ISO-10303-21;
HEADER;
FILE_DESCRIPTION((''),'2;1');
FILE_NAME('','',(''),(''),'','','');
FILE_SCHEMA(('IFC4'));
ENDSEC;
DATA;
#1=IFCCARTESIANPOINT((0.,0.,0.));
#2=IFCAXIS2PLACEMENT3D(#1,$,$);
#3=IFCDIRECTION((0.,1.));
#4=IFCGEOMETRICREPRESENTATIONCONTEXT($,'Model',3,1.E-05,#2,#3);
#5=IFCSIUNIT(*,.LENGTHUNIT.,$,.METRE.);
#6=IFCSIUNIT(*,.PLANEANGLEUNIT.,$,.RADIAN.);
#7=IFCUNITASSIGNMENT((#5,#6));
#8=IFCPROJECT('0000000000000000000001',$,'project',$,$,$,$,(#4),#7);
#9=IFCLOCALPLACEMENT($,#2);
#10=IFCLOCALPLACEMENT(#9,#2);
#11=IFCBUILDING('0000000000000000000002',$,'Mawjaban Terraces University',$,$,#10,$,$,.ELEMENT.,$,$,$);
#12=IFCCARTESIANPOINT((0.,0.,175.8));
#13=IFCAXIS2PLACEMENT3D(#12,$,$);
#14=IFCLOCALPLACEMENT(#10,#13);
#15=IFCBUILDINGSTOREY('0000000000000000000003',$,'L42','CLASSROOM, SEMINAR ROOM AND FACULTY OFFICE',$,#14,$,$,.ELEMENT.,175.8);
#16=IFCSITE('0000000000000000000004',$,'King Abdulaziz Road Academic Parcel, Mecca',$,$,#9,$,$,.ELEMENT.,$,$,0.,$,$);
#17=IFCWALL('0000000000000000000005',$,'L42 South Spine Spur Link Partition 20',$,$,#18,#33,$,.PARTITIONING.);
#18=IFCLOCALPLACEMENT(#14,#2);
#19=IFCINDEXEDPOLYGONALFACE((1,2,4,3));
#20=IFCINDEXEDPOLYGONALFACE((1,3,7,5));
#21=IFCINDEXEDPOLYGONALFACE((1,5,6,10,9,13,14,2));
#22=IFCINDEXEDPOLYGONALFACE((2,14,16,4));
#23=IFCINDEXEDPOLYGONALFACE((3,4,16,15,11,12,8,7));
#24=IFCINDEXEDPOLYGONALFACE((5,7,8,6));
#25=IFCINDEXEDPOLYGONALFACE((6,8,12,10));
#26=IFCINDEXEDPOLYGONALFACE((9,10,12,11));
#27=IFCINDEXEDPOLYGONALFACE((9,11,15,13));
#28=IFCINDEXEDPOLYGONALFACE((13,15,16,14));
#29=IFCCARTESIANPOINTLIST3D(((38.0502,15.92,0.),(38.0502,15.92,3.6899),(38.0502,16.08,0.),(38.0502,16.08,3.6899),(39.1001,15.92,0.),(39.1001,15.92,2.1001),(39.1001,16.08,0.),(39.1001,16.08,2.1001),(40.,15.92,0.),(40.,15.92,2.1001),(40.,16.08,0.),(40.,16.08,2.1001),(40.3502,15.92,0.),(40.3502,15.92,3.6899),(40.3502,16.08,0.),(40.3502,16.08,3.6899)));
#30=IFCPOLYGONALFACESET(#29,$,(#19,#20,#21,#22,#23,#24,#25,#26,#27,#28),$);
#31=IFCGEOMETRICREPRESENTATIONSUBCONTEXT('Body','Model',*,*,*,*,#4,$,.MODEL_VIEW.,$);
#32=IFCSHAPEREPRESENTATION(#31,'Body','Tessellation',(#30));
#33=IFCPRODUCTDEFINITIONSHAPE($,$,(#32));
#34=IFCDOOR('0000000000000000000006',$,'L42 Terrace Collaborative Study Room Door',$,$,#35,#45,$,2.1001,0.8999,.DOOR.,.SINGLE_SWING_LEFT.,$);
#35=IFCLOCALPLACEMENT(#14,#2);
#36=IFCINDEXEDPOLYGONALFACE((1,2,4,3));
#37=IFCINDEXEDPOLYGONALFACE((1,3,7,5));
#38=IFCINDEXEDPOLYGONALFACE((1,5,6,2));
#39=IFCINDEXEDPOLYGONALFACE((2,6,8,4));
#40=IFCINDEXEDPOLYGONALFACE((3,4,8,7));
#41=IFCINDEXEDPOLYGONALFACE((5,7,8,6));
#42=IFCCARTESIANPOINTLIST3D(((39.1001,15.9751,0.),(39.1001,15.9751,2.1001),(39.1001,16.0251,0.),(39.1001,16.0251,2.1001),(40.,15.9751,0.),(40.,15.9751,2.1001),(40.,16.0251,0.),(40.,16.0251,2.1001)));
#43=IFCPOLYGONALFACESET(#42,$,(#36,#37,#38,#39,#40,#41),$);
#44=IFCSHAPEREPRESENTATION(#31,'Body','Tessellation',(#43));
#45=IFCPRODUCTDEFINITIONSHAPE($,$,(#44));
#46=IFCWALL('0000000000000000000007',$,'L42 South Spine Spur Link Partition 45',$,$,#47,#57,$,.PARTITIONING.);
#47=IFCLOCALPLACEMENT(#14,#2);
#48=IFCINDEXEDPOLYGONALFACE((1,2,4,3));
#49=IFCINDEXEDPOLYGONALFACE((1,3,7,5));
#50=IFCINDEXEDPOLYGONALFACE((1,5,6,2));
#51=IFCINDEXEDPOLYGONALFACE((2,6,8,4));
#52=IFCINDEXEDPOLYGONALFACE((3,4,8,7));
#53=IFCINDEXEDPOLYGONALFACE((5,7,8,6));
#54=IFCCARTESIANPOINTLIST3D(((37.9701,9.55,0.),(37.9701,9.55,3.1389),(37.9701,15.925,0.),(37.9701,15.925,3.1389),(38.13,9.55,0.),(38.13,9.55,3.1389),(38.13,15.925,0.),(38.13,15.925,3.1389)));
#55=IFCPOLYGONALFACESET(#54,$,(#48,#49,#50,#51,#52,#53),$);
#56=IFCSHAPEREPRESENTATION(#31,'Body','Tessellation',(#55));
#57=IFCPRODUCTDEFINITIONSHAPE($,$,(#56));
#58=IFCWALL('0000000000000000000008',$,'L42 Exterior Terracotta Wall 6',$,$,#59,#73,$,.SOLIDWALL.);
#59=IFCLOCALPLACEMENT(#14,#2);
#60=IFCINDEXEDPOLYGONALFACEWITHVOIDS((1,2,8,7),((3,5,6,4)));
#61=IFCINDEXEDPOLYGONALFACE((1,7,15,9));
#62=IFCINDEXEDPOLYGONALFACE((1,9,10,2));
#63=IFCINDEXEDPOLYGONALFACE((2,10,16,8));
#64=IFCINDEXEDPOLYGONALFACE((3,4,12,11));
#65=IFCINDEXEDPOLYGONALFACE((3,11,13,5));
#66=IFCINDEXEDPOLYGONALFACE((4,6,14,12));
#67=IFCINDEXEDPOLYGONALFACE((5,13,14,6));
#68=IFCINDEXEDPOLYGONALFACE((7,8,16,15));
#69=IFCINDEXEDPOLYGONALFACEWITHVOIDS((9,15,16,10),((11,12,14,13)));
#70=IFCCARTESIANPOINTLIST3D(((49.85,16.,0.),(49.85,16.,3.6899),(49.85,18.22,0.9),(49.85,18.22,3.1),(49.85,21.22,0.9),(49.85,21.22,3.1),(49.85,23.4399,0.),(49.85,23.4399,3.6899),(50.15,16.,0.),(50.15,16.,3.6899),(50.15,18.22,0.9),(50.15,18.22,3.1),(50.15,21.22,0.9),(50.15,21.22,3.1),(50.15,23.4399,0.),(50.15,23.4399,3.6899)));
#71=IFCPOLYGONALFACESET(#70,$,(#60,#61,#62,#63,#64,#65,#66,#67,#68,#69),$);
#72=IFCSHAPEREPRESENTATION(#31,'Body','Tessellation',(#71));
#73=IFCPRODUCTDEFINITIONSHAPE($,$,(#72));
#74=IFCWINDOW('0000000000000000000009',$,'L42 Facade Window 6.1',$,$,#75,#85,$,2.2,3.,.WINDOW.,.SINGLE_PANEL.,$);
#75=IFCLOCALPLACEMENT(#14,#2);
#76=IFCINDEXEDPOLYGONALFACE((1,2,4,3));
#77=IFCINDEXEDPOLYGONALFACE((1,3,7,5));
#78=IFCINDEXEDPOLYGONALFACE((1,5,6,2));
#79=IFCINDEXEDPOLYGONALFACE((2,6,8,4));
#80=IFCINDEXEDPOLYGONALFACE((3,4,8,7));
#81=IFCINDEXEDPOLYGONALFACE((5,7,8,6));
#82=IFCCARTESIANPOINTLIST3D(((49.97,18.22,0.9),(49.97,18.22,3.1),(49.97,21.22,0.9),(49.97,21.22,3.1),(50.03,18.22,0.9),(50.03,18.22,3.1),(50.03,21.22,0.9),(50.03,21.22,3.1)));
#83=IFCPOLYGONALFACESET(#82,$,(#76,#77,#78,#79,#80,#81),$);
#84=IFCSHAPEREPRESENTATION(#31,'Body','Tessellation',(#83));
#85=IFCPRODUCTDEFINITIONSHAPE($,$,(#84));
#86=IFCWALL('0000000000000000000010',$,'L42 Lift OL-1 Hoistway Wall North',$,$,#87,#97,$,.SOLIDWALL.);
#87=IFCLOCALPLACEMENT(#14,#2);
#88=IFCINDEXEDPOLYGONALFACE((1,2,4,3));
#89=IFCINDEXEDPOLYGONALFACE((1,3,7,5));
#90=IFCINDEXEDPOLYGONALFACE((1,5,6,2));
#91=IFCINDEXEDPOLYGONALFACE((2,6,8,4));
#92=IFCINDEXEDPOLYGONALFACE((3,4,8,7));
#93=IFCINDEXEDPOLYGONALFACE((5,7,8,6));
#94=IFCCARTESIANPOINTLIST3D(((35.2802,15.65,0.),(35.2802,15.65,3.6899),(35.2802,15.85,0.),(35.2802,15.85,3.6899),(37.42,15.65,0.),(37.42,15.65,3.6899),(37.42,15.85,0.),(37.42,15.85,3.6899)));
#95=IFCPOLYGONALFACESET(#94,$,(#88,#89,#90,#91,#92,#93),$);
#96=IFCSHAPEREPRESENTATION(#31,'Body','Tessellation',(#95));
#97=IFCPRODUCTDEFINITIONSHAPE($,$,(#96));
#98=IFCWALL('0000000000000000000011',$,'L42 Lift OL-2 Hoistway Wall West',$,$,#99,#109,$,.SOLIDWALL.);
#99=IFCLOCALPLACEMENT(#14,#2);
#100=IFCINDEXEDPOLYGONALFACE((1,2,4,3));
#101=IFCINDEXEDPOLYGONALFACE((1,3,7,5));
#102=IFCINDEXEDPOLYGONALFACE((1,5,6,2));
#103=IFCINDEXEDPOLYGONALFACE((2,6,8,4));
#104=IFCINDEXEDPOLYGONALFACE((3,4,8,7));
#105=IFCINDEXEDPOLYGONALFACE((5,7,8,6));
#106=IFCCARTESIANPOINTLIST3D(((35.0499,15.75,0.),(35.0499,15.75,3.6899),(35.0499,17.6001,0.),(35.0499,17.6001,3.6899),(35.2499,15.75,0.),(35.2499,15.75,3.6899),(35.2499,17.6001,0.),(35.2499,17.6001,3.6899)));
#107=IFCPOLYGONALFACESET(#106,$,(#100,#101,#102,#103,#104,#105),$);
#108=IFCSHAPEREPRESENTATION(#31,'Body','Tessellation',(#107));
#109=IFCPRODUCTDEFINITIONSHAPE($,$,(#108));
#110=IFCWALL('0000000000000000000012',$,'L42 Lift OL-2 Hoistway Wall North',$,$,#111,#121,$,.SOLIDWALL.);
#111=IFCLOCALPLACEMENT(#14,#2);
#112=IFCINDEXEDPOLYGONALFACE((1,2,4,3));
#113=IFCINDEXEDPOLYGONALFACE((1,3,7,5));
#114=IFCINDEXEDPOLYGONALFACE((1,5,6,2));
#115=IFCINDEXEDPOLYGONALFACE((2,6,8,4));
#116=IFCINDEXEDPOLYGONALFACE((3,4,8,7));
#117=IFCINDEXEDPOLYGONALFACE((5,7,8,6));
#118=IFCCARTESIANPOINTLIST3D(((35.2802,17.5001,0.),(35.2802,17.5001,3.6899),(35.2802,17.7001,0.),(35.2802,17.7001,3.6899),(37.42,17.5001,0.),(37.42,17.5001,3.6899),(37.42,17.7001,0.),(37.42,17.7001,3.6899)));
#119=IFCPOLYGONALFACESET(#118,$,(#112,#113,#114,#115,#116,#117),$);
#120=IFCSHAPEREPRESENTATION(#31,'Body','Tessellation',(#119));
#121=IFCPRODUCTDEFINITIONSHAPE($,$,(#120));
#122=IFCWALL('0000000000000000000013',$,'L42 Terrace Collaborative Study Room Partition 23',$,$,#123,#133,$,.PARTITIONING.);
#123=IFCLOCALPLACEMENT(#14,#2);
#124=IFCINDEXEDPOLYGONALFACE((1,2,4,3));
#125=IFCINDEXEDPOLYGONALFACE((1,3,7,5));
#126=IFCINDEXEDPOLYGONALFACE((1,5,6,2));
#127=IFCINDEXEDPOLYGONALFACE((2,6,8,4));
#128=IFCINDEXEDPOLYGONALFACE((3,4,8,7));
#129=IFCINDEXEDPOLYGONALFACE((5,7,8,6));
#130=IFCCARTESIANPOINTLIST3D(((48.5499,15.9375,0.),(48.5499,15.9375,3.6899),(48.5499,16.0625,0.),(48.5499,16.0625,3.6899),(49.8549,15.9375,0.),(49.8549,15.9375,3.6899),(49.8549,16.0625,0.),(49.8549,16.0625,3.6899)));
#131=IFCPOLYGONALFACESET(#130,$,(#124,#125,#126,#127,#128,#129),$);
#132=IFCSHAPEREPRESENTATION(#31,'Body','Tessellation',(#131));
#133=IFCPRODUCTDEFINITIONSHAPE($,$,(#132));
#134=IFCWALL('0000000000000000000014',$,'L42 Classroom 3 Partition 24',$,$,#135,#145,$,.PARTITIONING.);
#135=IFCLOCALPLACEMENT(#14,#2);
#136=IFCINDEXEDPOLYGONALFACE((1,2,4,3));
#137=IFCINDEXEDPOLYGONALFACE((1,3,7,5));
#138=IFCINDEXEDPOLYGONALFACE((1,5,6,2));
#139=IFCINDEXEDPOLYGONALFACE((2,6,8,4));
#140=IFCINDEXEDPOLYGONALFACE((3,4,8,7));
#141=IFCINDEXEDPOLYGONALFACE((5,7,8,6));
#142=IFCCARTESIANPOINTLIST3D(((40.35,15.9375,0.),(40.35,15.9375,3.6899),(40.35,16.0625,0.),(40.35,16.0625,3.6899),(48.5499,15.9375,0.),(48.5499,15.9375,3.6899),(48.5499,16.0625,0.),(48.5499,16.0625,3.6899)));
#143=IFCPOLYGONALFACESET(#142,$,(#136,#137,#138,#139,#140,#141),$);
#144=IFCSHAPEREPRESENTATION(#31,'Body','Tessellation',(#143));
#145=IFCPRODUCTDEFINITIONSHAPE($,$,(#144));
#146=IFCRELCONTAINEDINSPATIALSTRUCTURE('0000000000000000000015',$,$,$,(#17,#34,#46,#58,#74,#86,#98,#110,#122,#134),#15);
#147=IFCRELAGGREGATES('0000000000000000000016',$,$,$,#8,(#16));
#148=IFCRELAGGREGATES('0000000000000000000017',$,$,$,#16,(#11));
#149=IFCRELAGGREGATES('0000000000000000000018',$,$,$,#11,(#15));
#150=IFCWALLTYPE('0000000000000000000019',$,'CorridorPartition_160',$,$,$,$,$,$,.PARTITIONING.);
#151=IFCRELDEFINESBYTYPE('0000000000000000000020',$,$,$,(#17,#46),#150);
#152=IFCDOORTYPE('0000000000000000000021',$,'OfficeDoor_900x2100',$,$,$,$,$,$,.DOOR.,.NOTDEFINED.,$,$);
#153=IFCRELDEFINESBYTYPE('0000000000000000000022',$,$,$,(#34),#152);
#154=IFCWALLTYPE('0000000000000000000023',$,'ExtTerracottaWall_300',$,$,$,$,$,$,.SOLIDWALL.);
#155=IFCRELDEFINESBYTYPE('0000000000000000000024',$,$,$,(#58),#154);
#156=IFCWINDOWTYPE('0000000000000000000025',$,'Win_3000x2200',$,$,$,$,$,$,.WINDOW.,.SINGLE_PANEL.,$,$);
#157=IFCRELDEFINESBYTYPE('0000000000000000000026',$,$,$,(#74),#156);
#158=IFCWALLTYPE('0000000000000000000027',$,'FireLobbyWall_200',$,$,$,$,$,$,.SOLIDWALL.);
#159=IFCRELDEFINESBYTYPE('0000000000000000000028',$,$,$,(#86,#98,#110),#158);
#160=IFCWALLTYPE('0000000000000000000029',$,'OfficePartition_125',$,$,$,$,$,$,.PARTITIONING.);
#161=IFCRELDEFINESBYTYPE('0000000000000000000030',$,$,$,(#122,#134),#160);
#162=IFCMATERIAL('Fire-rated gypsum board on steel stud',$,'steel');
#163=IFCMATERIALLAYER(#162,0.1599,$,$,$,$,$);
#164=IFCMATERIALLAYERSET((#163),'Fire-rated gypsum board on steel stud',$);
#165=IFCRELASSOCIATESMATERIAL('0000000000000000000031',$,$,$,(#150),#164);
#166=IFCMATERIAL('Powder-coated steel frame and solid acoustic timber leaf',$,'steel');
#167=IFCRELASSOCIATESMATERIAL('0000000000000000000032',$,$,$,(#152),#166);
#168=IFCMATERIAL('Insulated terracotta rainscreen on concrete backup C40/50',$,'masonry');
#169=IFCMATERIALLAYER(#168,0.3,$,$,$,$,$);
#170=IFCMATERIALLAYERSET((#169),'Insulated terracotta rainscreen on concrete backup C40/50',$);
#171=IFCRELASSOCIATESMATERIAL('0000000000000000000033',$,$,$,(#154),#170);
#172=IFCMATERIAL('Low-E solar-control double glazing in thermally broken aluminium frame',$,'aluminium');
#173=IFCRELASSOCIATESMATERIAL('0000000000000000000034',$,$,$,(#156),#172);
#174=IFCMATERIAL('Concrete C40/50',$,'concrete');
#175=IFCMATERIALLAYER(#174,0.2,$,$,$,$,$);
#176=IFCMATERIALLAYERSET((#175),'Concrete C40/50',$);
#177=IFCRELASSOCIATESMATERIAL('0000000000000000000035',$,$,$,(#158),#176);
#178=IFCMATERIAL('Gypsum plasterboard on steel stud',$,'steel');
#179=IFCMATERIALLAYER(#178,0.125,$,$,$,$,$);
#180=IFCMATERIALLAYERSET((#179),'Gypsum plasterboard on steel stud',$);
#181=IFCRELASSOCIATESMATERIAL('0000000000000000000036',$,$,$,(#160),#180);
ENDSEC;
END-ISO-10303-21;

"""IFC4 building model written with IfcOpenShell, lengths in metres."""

from ifc_helpers import new_model, si_unit, direction, frame, frame_2d, origin, place, context, subcontext, project, spatial, rectangle, extrude, material, layer, layer_set, type_object, element, fill, save


model = new_model("IFC4")

# Units and contexts
model_context = context("Model", 3, precision=1e-05, world=origin(), true_north=direction((0.0, 1.0)))
body_context = subcontext(model_context, "Body", "Model", "MODEL_VIEW")
ifc_project = project(units=[si_unit("LENGTHUNIT", "METRE"), si_unit("PLANEANGLEUNIT", "RADIAN")], contexts=[model_context])

# Site, building, storey
site_placement = place(None, origin())
site = spatial("IfcSite", under=ifc_project, at=site_placement, Name="King Abdulaziz Road Academic Parcel, Mecca", CompositionType="ELEMENT", RefElevation=0.0)
building_placement = place(site_placement, origin())
building = spatial("IfcBuilding", under=site, at=building_placement, Name="Mawjaban Terraces University", CompositionType="ELEMENT")
storey_placement = place(building_placement, frame((0.0, 0.0, 175.8)))
storey = spatial("IfcBuildingStorey", under=building, at=storey_placement, Name="L42", Description="CLASSROOM, SEMINAR ROOM AND FACULTY OFFICE", CompositionType="ELEMENT", Elevation=175.8)

# Wall, opening, door
ifc_material_1 = material(Name="Fire-rated gypsum board on steel stud", Category="steel")
ifc_layer_1 = layer(ifc_material_1, 0.1599)
ifc_layer_set_1 = layer_set([ifc_layer_1], Name="Fire-rated gypsum board on steel stud")
wall_type_1 = type_object("IfcWallType", Name="CorridorPartition_160", PredefinedType="PARTITIONING", material=ifc_layer_set_1)
wall_1_placement = place(storey_placement, frame((40.3501, 16.0, 0.0), z_axis=(0.0, 0.0, 1.0), x_axis=(-1.0, 0.0, 0.0)))
wall_1 = element("IfcWall", 1, at=wall_1_placement, inside=storey, type_object=wall_type_1, Name="L42 South Spine Spur Link Partition 20", PredefinedType="PARTITIONING", context=body_context, shape_type="SweptSolid", body=[
    extrude(rectangle(XDim=2.3, YDim=0.1599, at=frame_2d((1.1499, 0.0))), origin(), (0.0, 0.0, 1.0), 3.6899),
])
opening_1_placement = place(wall_1_placement, frame((0.3501, 0.0, 0.0)))
opening_1 = element("IfcOpeningElement", 2, at=opening_1_placement, cuts=wall_1, PredefinedType="OPENING", context=body_context, shape_type="SweptSolid", body=[
    extrude(rectangle(XDim=0.8999, YDim=2.1001, at=frame_2d((0.45, 1.05))), frame((0.0, 0.0898, 0.0), z_axis=(0.0, -1.0, 0.0), x_axis=(1.0, 0.0, 0.0)), (0.0, 0.0, 1.0), 0.1799),
])
ifc_material_2 = material(Name="Powder-coated steel frame and solid acoustic timber leaf", Category="steel")
door_type = type_object("IfcDoorType", Name="OfficeDoor_900x2100", OperationType="NOTDEFINED", PredefinedType="DOOR", material=ifc_material_2)
door_placement = place(opening_1_placement, origin())
door = element("IfcDoor", 3, at=door_placement, inside=storey, type_object=door_type, Name="L42 Terrace Collaborative Study Room Door", OperationType="SINGLE_SWING_LEFT", OverallHeight=2.1001, OverallWidth=0.8999, PredefinedType="DOOR", context=body_context, shape_type="SweptSolid", body=[
    extrude(rectangle(XDim=0.8999, YDim=2.1001, at=frame_2d((0.45, 1.05))), frame((0.0, 0.0249, 0.0), z_axis=(0.0, -1.0, 0.0), x_axis=(1.0, 0.0, 0.0)), (0.0, 0.0, 1.0), 0.05),
])
fill(opening_1, door)

# Wall
wall_2_placement = place(storey_placement, frame((38.05, 15.925, 0.0), z_axis=(0.0, 0.0, 1.0), x_axis=(0.0, -1.0, 0.0)))
element("IfcWall", 4, at=wall_2_placement, inside=storey, type_object=wall_type_1, Name="L42 South Spine Spur Link Partition 45", PredefinedType="PARTITIONING", context=body_context, shape_type="SweptSolid", body=[
    extrude(rectangle(XDim=6.375, YDim=0.1599, at=frame_2d((3.1875, 0.0))), origin(), (0.0, 0.0, 1.0), 3.1389),
])

# Wall, opening, window
ifc_material_3 = material(Name="Insulated terracotta rainscreen on concrete backup C40/50", Category="masonry")
ifc_layer_2 = layer(ifc_material_3, 0.3)
ifc_layer_set_2 = layer_set([ifc_layer_2], Name="Insulated terracotta rainscreen on concrete backup C40/50")
wall_type_2 = type_object("IfcWallType", Name="ExtTerracottaWall_300", PredefinedType="SOLIDWALL", material=ifc_layer_set_2)
wall_3_placement = place(storey_placement, frame((50.0, 16.0, 0.0), z_axis=(0.0, 0.0, 1.0), x_axis=(0.0, 1.0, 0.0)))
wall_3 = element("IfcWall", 5, at=wall_3_placement, inside=storey, type_object=wall_type_2, Name="L42 Exterior Terracotta Wall 6", PredefinedType="SOLIDWALL", context=body_context, shape_type="SweptSolid", body=[
    extrude(rectangle(XDim=7.4399, YDim=0.3, at=frame_2d((3.72, 0.0))), origin(), (0.0, 0.0, 1.0), 3.6899),
])
opening_2_placement = place(wall_3_placement, frame((2.22, 0.0, 0.8999)))
opening_2 = element("IfcOpeningElement", 6, at=opening_2_placement, cuts=wall_3, PredefinedType="OPENING", context=body_context, shape_type="SweptSolid", body=[
    extrude(rectangle(XDim=3.0, YDim=2.2, at=frame_2d((1.5, 1.1001))), frame((0.0, 0.1599, 0.0), z_axis=(0.0, -1.0, 0.0), x_axis=(1.0, 0.0, 0.0)), (0.0, 0.0, 1.0), 0.3201),
])
ifc_material_4 = material(Name="Low-E solar-control double glazing in thermally broken aluminium frame", Category="aluminium")
window_type = type_object("IfcWindowType", Name="Win_3000x2200", PartitioningType="SINGLE_PANEL", PredefinedType="WINDOW", material=ifc_material_4)
window_placement = place(opening_2_placement, origin())
window = element("IfcWindow", 7, at=window_placement, inside=storey, type_object=window_type, Name="L42 Facade Window 6.1", OverallHeight=2.2, OverallWidth=3.0, PartitioningType="SINGLE_PANEL", PredefinedType="WINDOW", context=body_context, shape_type="SweptSolid", body=[
    extrude(rectangle(XDim=3.0, YDim=2.2, at=frame_2d((1.5, 1.1001))), frame((0.0, 0.03, 0.0), z_axis=(0.0, -1.0, 0.0), x_axis=(1.0, 0.0, 0.0)), (0.0, 0.0, 1.0), 0.0601),
])
fill(opening_2, window)

# Walls
ifc_material_5 = material(Name="Concrete C40/50", Category="concrete")
ifc_layer_3 = layer(ifc_material_5, 0.2)
ifc_layer_set_3 = layer_set([ifc_layer_3], Name="Concrete C40/50")
wall_type_3 = type_object("IfcWallType", Name="FireLobbyWall_200", PredefinedType="SOLIDWALL", material=ifc_layer_set_3)
wall_4_placement = place(storey_placement, frame((37.4199, 15.75, 0.0), z_axis=(0.0, 0.0, 1.0), x_axis=(-1.0, 0.0, 0.0)))
element("IfcWall", 8, at=wall_4_placement, inside=storey, type_object=wall_type_3, Name="L42 Lift OL-1 Hoistway Wall North", PredefinedType="SOLIDWALL", context=body_context, shape_type="SweptSolid", body=[
    extrude(rectangle(XDim=2.1399, YDim=0.2, at=frame_2d((1.0698, 0.0))), origin(), (0.0, 0.0, 1.0), 3.6899),
])
wall_5_placement = place(storey_placement, frame((35.1499, 17.6001, 0.0), z_axis=(0.0, 0.0, 1.0), x_axis=(0.0, -1.0, 0.0)))
element("IfcWall", 9, at=wall_5_placement, inside=storey, type_object=wall_type_3, Name="L42 Lift OL-2 Hoistway Wall West", PredefinedType="SOLIDWALL", context=body_context, shape_type="SweptSolid", body=[
    extrude(rectangle(XDim=1.8501, YDim=0.2, at=frame_2d((0.925, 0.0))), origin(), (0.0, 0.0, 1.0), 3.6899),
])
wall_6_placement = place(storey_placement, frame((37.4199, 17.6001, 0.0), z_axis=(0.0, 0.0, 1.0), x_axis=(-1.0, 0.0, 0.0)))
element("IfcWall", 10, at=wall_6_placement, inside=storey, type_object=wall_type_3, Name="L42 Lift OL-2 Hoistway Wall North", PredefinedType="SOLIDWALL", context=body_context, shape_type="SweptSolid", body=[
    extrude(rectangle(XDim=2.1399, YDim=0.2, at=frame_2d((1.0698, 0.0))), origin(), (0.0, 0.0, 1.0), 3.6899),
])
ifc_material_6 = material(Name="Gypsum plasterboard on steel stud", Category="steel")
ifc_layer_4 = layer(ifc_material_6, 0.125)
ifc_layer_set_4 = layer_set([ifc_layer_4], Name="Gypsum plasterboard on steel stud")
wall_type_4 = type_object("IfcWallType", Name="OfficePartition_125", PredefinedType="PARTITIONING", material=ifc_layer_set_4)
wall_7_placement = place(storey_placement, frame((48.55, 16.0, 0.0), z_axis=(0.0, 0.0, 1.0), x_axis=(1.0, 0.0, 0.0)))
element("IfcWall", 11, at=wall_7_placement, inside=storey, type_object=wall_type_4, Name="L42 Terrace Collaborative Study Room Partition 23", PredefinedType="PARTITIONING", context=body_context, shape_type="SweptSolid", body=[
    extrude(rectangle(XDim=1.3049, YDim=0.125, at=frame_2d((0.6523, 0.0))), origin(), (0.0, 0.0, 1.0), 3.6899),
])
wall_8_placement = place(storey_placement, frame((48.55, 16.0, 0.0), z_axis=(0.0, 0.0, 1.0), x_axis=(-1.0, 0.0, 0.0)))
element("IfcWall", 12, at=wall_8_placement, inside=storey, type_object=wall_type_4, Name="L42 Classroom 3 Partition 24", PredefinedType="PARTITIONING", context=body_context, shape_type="SweptSolid", body=[
    extrude(rectangle(XDim=8.2, YDim=0.125, at=frame_2d((4.1001, 0.0))), origin(), (0.0, 0.0, 1.0), 3.6899),
])

save(model, "model.ifc")
